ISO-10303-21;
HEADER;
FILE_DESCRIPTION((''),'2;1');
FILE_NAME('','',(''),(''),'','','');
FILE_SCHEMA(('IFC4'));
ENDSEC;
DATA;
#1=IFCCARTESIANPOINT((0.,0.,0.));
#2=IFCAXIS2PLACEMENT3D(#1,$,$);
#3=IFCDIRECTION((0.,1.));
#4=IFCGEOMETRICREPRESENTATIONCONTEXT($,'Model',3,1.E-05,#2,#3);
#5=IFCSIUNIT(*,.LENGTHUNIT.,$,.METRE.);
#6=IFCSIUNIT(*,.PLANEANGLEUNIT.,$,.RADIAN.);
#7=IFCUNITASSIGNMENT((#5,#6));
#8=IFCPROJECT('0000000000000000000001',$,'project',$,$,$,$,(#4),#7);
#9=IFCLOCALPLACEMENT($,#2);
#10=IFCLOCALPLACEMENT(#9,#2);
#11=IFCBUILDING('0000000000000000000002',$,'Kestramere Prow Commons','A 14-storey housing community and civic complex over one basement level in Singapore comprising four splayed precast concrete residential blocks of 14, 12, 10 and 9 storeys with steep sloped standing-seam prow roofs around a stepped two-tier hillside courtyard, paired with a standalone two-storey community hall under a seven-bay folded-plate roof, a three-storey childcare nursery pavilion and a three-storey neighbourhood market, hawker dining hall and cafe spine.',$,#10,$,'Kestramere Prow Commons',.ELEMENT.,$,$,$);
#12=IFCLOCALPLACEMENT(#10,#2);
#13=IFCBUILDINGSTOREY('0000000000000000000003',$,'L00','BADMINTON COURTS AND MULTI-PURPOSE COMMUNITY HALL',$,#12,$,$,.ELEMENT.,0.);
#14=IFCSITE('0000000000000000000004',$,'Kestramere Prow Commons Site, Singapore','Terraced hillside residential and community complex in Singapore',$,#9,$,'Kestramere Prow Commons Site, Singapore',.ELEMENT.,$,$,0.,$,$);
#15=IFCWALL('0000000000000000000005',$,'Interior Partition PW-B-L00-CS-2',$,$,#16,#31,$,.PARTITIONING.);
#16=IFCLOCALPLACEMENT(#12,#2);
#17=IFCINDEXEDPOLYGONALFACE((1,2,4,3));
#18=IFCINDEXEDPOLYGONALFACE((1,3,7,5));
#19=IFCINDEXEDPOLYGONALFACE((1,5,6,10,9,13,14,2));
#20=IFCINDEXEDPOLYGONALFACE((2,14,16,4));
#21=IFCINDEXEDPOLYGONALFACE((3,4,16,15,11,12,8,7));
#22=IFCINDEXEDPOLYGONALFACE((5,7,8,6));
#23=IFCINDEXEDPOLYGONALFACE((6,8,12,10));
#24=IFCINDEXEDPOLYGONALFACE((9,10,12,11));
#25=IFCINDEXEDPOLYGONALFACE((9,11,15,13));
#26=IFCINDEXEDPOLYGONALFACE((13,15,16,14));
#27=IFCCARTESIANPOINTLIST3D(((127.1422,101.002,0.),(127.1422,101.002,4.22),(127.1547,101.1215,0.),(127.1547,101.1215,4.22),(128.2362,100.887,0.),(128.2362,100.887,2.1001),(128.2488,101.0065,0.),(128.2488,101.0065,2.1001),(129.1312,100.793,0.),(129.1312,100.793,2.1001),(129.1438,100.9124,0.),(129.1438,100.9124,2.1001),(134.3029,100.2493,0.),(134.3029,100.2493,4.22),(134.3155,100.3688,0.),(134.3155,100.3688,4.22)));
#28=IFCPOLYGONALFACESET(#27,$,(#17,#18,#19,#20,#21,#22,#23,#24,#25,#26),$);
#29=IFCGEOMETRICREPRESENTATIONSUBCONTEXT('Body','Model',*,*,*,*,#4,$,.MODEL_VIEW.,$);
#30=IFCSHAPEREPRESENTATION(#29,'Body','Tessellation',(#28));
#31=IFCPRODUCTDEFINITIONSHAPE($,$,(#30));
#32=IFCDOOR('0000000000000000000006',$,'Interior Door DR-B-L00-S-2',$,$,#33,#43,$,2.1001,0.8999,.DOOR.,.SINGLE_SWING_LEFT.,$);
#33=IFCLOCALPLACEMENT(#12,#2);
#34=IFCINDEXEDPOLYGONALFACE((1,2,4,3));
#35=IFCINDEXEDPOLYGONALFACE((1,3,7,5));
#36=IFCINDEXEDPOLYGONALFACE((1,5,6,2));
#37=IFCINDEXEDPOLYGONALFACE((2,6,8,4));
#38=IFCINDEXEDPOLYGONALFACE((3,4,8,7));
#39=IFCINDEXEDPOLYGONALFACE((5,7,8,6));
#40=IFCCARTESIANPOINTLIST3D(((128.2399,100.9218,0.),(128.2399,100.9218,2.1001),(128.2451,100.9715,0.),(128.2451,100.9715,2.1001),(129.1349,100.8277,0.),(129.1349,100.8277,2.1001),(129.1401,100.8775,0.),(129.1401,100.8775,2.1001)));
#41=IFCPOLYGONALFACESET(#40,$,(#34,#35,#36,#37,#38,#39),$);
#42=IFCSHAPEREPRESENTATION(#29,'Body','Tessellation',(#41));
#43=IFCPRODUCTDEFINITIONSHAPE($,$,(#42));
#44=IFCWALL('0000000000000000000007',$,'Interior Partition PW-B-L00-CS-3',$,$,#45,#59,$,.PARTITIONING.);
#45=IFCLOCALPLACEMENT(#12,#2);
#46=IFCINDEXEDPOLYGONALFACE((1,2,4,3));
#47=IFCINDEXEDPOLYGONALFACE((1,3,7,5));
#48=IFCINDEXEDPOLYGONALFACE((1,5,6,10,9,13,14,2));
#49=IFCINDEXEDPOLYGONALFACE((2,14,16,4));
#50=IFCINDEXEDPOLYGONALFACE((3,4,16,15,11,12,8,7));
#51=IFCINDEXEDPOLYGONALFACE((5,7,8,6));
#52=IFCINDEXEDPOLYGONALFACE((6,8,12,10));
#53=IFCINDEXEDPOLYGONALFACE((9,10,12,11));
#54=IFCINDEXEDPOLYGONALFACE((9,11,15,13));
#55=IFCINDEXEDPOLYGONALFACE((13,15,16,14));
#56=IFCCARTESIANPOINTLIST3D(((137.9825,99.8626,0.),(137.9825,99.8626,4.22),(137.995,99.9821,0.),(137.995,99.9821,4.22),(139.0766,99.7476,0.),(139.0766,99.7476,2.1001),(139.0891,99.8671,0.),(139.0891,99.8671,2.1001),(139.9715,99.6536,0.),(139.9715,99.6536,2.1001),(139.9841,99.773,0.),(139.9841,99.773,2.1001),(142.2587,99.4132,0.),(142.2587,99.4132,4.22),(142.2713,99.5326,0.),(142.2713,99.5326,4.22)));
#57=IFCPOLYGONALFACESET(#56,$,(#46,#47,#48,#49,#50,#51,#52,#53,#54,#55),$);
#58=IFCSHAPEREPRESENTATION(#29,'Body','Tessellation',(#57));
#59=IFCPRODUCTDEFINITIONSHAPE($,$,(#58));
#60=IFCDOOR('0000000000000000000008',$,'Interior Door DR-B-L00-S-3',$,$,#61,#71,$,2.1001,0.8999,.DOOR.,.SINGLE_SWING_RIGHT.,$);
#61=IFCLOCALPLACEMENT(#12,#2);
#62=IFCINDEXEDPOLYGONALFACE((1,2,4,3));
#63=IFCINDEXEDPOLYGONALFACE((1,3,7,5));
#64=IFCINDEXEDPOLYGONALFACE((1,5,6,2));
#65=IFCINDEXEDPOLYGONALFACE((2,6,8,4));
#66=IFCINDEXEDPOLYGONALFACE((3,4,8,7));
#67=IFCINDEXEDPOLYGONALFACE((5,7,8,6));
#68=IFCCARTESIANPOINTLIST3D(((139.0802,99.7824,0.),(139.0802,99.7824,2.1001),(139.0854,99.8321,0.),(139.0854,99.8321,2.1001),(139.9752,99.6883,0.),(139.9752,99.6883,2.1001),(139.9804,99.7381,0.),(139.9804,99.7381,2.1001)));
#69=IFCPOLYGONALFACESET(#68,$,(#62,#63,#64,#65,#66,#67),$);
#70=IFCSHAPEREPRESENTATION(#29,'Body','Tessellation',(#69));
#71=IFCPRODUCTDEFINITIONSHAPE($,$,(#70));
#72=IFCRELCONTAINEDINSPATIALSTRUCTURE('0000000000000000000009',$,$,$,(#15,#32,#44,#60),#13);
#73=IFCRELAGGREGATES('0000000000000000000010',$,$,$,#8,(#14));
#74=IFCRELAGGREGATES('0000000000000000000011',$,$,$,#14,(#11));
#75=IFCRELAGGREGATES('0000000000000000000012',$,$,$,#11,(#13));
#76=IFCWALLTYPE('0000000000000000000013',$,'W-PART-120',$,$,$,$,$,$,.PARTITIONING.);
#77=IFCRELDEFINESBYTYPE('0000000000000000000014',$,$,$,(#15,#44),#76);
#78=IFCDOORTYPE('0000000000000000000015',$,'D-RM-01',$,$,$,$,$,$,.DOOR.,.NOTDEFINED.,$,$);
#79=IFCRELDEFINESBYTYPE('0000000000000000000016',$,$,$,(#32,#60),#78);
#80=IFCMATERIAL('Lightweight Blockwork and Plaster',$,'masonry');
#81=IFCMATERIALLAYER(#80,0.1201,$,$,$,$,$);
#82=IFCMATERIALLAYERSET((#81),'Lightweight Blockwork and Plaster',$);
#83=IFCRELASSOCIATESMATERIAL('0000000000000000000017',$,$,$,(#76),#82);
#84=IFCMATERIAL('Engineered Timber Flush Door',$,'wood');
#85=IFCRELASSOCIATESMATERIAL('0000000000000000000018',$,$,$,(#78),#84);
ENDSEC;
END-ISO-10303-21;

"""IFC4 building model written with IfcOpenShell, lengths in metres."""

from ifc_helpers import new_model, si_unit, direction, frame, frame_2d, origin, place, context, subcontext, project, spatial, rectangle, extrude, material, layer, layer_set, type_object, element, fill, save


model = new_model("IFC4")

# Units and contexts
model_context = context("Model", 3, precision=1e-05, world=origin(), true_north=direction((0.0, 1.0)))
body_context = subcontext(model_context, "Body", "Model", "MODEL_VIEW")
ifc_project = project(units=[si_unit("LENGTHUNIT", "METRE"), si_unit("PLANEANGLEUNIT", "RADIAN")], contexts=[model_context])

# Site, building, storey
site_placement = place(None, origin())
site = spatial("IfcSite", under=ifc_project, at=site_placement, Name="Kestramere Prow Commons Site, Singapore", Description="Terraced hillside residential and community complex in Singapore", LongName="Kestramere Prow Commons Site, Singapore", CompositionType="ELEMENT", RefElevation=0.0)
building_placement = place(site_placement, origin())
building = spatial("IfcBuilding", under=site, at=building_placement, Name="Kestramere Prow Commons", Description="A 14-storey housing community and civic complex over one basement level in Singapore comprising four splayed precast concrete residential blocks of 14, 12, 10 and 9 storeys with steep sloped standing-seam prow roofs around a stepped two-tier hillside courtyard, paired with a standalone two-storey community hall under a seven-bay folded-plate roof, a three-storey childcare nursery pavilion and a three-storey neighbourhood market, hawker dining hall and cafe spine.", LongName="Kestramere Prow Commons", CompositionType="ELEMENT")
storey_placement = place(building_placement, origin())
storey = spatial("IfcBuildingStorey", under=building, at=storey_placement, Name="L00", Description="BADMINTON COURTS AND MULTI-PURPOSE COMMUNITY HALL", CompositionType="ELEMENT", Elevation=0.0)

# Walls, openings, doors
ifc_material_1 = material(Name="Lightweight Blockwork and Plaster", Category="masonry")
ifc_layer_1 = layer(ifc_material_1, 0.1201)
ifc_layer_set_1 = layer_set([ifc_layer_1], Name="Lightweight Blockwork and Plaster")
wall_type_1 = type_object("IfcWallType", Name="W-PART-120", PredefinedType="PARTITIONING", material=ifc_layer_set_1)
wall_1_placement = place(storey_placement, frame((127.1484, 101.0618, 0.0), z_axis=(0.0, 0.0, 1.0), x_axis=(0.994521, -0.104538, 0.0)))
wall_1 = element("IfcWall", 1, at=wall_1_placement, inside=storey, type_object=wall_type_1, Name="Interior Partition PW-B-L00-CS-2", PredefinedType="PARTITIONING", context=body_context, shape_type="SweptSolid", body=[
    extrude(rectangle(XDim=7.2002, YDim=0.1201, at=frame_2d((3.6001, 0.0))), origin(), (0.0, 0.0, 1.0), 4.22),
])
opening_1_placement = place(wall_1_placement, frame((1.1001, 0.0, 0.0)))
opening_1 = element("IfcOpeningElement", 2, at=opening_1_placement, cuts=wall_1, PredefinedType="OPENING", context=body_context, shape_type="SweptSolid", body=[
    extrude(rectangle(XDim=0.8999, YDim=2.1001, at=frame_2d((0.45, 1.05))), frame((0.0, 0.075, 0.0), z_axis=(0.0, -1.0, 0.0), x_axis=(1.0, 0.0, 0.0)), (0.0, 0.0, 1.0), 0.1501),
])
ifc_material_2 = material(Name="Engineered Timber Flush Door", Category="wood")
door_type_1 = type_object("IfcDoorType", Name="D-RM-01", OperationType="NOTDEFINED", PredefinedType="DOOR", material=ifc_material_2)
door_1_placement = place(opening_1_placement, origin())
door_1 = element("IfcDoor", 3, at=door_1_placement, inside=storey, type_object=door_type_1, Name="Interior Door DR-B-L00-S-2", OperationType="SINGLE_SWING_LEFT", OverallHeight=2.1001, OverallWidth=0.8999, PredefinedType="DOOR", context=body_context, shape_type="SweptSolid", body=[
    extrude(rectangle(XDim=0.8999, YDim=2.1001, at=frame_2d((0.45, 1.05))), frame((0.0, 0.0249, 0.0), z_axis=(0.0, -1.0, 0.0), x_axis=(1.0, 0.0, 0.0)), (0.0, 0.0, 1.0), 0.05),
])
fill(opening_1, door_1)
wall_2_placement = place(storey_placement, frame((137.9888, 99.9224, 0.0), z_axis=(0.0, 0.0, 1.0), x_axis=(0.994522, -0.104528, 0.0)))
wall_2 = element("IfcWall", 4, at=wall_2_placement, inside=storey, type_object=wall_type_1, Name="Interior Partition PW-B-L00-CS-3", PredefinedType="PARTITIONING", context=body_context, shape_type="SweptSolid", body=[
    extrude(rectangle(XDim=4.2998, YDim=0.1201, at=frame_2d((2.1499, 0.0))), origin(), (0.0, 0.0, 1.0), 4.22),
])
opening_2_placement = place(wall_2_placement, frame((1.1001, 0.0, 0.0)))
opening_2 = element("IfcOpeningElement", 5, at=opening_2_placement, cuts=wall_2, PredefinedType="OPENING", context=body_context, shape_type="SweptSolid", body=[
    extrude(rectangle(XDim=0.8999, YDim=2.1001, at=frame_2d((0.45, 1.05))), frame((0.0, 0.075, 0.0), z_axis=(0.0, -1.0, 0.0), x_axis=(1.0, 0.0, 0.0)), (0.0, 0.0, 1.0), 0.1501),
])
door_2_placement = place(opening_2_placement, origin())
door_2 = element("IfcDoor", 6, at=door_2_placement, inside=storey, type_object=door_type_1, Name="Interior Door DR-B-L00-S-3", OperationType="SINGLE_SWING_RIGHT", OverallHeight=2.1001, OverallWidth=0.8999, PredefinedType="DOOR", context=body_context, shape_type="SweptSolid", body=[
    extrude(rectangle(XDim=0.8999, YDim=2.1001, at=frame_2d((0.45, 1.05))), frame((0.0, 0.0249, 0.0), z_axis=(0.0, -1.0, 0.0), x_axis=(1.0, 0.0, 0.0)), (0.0, 0.0, 1.0), 0.05),
])
fill(opening_2, door_2)

save(model, "model.ifc")
